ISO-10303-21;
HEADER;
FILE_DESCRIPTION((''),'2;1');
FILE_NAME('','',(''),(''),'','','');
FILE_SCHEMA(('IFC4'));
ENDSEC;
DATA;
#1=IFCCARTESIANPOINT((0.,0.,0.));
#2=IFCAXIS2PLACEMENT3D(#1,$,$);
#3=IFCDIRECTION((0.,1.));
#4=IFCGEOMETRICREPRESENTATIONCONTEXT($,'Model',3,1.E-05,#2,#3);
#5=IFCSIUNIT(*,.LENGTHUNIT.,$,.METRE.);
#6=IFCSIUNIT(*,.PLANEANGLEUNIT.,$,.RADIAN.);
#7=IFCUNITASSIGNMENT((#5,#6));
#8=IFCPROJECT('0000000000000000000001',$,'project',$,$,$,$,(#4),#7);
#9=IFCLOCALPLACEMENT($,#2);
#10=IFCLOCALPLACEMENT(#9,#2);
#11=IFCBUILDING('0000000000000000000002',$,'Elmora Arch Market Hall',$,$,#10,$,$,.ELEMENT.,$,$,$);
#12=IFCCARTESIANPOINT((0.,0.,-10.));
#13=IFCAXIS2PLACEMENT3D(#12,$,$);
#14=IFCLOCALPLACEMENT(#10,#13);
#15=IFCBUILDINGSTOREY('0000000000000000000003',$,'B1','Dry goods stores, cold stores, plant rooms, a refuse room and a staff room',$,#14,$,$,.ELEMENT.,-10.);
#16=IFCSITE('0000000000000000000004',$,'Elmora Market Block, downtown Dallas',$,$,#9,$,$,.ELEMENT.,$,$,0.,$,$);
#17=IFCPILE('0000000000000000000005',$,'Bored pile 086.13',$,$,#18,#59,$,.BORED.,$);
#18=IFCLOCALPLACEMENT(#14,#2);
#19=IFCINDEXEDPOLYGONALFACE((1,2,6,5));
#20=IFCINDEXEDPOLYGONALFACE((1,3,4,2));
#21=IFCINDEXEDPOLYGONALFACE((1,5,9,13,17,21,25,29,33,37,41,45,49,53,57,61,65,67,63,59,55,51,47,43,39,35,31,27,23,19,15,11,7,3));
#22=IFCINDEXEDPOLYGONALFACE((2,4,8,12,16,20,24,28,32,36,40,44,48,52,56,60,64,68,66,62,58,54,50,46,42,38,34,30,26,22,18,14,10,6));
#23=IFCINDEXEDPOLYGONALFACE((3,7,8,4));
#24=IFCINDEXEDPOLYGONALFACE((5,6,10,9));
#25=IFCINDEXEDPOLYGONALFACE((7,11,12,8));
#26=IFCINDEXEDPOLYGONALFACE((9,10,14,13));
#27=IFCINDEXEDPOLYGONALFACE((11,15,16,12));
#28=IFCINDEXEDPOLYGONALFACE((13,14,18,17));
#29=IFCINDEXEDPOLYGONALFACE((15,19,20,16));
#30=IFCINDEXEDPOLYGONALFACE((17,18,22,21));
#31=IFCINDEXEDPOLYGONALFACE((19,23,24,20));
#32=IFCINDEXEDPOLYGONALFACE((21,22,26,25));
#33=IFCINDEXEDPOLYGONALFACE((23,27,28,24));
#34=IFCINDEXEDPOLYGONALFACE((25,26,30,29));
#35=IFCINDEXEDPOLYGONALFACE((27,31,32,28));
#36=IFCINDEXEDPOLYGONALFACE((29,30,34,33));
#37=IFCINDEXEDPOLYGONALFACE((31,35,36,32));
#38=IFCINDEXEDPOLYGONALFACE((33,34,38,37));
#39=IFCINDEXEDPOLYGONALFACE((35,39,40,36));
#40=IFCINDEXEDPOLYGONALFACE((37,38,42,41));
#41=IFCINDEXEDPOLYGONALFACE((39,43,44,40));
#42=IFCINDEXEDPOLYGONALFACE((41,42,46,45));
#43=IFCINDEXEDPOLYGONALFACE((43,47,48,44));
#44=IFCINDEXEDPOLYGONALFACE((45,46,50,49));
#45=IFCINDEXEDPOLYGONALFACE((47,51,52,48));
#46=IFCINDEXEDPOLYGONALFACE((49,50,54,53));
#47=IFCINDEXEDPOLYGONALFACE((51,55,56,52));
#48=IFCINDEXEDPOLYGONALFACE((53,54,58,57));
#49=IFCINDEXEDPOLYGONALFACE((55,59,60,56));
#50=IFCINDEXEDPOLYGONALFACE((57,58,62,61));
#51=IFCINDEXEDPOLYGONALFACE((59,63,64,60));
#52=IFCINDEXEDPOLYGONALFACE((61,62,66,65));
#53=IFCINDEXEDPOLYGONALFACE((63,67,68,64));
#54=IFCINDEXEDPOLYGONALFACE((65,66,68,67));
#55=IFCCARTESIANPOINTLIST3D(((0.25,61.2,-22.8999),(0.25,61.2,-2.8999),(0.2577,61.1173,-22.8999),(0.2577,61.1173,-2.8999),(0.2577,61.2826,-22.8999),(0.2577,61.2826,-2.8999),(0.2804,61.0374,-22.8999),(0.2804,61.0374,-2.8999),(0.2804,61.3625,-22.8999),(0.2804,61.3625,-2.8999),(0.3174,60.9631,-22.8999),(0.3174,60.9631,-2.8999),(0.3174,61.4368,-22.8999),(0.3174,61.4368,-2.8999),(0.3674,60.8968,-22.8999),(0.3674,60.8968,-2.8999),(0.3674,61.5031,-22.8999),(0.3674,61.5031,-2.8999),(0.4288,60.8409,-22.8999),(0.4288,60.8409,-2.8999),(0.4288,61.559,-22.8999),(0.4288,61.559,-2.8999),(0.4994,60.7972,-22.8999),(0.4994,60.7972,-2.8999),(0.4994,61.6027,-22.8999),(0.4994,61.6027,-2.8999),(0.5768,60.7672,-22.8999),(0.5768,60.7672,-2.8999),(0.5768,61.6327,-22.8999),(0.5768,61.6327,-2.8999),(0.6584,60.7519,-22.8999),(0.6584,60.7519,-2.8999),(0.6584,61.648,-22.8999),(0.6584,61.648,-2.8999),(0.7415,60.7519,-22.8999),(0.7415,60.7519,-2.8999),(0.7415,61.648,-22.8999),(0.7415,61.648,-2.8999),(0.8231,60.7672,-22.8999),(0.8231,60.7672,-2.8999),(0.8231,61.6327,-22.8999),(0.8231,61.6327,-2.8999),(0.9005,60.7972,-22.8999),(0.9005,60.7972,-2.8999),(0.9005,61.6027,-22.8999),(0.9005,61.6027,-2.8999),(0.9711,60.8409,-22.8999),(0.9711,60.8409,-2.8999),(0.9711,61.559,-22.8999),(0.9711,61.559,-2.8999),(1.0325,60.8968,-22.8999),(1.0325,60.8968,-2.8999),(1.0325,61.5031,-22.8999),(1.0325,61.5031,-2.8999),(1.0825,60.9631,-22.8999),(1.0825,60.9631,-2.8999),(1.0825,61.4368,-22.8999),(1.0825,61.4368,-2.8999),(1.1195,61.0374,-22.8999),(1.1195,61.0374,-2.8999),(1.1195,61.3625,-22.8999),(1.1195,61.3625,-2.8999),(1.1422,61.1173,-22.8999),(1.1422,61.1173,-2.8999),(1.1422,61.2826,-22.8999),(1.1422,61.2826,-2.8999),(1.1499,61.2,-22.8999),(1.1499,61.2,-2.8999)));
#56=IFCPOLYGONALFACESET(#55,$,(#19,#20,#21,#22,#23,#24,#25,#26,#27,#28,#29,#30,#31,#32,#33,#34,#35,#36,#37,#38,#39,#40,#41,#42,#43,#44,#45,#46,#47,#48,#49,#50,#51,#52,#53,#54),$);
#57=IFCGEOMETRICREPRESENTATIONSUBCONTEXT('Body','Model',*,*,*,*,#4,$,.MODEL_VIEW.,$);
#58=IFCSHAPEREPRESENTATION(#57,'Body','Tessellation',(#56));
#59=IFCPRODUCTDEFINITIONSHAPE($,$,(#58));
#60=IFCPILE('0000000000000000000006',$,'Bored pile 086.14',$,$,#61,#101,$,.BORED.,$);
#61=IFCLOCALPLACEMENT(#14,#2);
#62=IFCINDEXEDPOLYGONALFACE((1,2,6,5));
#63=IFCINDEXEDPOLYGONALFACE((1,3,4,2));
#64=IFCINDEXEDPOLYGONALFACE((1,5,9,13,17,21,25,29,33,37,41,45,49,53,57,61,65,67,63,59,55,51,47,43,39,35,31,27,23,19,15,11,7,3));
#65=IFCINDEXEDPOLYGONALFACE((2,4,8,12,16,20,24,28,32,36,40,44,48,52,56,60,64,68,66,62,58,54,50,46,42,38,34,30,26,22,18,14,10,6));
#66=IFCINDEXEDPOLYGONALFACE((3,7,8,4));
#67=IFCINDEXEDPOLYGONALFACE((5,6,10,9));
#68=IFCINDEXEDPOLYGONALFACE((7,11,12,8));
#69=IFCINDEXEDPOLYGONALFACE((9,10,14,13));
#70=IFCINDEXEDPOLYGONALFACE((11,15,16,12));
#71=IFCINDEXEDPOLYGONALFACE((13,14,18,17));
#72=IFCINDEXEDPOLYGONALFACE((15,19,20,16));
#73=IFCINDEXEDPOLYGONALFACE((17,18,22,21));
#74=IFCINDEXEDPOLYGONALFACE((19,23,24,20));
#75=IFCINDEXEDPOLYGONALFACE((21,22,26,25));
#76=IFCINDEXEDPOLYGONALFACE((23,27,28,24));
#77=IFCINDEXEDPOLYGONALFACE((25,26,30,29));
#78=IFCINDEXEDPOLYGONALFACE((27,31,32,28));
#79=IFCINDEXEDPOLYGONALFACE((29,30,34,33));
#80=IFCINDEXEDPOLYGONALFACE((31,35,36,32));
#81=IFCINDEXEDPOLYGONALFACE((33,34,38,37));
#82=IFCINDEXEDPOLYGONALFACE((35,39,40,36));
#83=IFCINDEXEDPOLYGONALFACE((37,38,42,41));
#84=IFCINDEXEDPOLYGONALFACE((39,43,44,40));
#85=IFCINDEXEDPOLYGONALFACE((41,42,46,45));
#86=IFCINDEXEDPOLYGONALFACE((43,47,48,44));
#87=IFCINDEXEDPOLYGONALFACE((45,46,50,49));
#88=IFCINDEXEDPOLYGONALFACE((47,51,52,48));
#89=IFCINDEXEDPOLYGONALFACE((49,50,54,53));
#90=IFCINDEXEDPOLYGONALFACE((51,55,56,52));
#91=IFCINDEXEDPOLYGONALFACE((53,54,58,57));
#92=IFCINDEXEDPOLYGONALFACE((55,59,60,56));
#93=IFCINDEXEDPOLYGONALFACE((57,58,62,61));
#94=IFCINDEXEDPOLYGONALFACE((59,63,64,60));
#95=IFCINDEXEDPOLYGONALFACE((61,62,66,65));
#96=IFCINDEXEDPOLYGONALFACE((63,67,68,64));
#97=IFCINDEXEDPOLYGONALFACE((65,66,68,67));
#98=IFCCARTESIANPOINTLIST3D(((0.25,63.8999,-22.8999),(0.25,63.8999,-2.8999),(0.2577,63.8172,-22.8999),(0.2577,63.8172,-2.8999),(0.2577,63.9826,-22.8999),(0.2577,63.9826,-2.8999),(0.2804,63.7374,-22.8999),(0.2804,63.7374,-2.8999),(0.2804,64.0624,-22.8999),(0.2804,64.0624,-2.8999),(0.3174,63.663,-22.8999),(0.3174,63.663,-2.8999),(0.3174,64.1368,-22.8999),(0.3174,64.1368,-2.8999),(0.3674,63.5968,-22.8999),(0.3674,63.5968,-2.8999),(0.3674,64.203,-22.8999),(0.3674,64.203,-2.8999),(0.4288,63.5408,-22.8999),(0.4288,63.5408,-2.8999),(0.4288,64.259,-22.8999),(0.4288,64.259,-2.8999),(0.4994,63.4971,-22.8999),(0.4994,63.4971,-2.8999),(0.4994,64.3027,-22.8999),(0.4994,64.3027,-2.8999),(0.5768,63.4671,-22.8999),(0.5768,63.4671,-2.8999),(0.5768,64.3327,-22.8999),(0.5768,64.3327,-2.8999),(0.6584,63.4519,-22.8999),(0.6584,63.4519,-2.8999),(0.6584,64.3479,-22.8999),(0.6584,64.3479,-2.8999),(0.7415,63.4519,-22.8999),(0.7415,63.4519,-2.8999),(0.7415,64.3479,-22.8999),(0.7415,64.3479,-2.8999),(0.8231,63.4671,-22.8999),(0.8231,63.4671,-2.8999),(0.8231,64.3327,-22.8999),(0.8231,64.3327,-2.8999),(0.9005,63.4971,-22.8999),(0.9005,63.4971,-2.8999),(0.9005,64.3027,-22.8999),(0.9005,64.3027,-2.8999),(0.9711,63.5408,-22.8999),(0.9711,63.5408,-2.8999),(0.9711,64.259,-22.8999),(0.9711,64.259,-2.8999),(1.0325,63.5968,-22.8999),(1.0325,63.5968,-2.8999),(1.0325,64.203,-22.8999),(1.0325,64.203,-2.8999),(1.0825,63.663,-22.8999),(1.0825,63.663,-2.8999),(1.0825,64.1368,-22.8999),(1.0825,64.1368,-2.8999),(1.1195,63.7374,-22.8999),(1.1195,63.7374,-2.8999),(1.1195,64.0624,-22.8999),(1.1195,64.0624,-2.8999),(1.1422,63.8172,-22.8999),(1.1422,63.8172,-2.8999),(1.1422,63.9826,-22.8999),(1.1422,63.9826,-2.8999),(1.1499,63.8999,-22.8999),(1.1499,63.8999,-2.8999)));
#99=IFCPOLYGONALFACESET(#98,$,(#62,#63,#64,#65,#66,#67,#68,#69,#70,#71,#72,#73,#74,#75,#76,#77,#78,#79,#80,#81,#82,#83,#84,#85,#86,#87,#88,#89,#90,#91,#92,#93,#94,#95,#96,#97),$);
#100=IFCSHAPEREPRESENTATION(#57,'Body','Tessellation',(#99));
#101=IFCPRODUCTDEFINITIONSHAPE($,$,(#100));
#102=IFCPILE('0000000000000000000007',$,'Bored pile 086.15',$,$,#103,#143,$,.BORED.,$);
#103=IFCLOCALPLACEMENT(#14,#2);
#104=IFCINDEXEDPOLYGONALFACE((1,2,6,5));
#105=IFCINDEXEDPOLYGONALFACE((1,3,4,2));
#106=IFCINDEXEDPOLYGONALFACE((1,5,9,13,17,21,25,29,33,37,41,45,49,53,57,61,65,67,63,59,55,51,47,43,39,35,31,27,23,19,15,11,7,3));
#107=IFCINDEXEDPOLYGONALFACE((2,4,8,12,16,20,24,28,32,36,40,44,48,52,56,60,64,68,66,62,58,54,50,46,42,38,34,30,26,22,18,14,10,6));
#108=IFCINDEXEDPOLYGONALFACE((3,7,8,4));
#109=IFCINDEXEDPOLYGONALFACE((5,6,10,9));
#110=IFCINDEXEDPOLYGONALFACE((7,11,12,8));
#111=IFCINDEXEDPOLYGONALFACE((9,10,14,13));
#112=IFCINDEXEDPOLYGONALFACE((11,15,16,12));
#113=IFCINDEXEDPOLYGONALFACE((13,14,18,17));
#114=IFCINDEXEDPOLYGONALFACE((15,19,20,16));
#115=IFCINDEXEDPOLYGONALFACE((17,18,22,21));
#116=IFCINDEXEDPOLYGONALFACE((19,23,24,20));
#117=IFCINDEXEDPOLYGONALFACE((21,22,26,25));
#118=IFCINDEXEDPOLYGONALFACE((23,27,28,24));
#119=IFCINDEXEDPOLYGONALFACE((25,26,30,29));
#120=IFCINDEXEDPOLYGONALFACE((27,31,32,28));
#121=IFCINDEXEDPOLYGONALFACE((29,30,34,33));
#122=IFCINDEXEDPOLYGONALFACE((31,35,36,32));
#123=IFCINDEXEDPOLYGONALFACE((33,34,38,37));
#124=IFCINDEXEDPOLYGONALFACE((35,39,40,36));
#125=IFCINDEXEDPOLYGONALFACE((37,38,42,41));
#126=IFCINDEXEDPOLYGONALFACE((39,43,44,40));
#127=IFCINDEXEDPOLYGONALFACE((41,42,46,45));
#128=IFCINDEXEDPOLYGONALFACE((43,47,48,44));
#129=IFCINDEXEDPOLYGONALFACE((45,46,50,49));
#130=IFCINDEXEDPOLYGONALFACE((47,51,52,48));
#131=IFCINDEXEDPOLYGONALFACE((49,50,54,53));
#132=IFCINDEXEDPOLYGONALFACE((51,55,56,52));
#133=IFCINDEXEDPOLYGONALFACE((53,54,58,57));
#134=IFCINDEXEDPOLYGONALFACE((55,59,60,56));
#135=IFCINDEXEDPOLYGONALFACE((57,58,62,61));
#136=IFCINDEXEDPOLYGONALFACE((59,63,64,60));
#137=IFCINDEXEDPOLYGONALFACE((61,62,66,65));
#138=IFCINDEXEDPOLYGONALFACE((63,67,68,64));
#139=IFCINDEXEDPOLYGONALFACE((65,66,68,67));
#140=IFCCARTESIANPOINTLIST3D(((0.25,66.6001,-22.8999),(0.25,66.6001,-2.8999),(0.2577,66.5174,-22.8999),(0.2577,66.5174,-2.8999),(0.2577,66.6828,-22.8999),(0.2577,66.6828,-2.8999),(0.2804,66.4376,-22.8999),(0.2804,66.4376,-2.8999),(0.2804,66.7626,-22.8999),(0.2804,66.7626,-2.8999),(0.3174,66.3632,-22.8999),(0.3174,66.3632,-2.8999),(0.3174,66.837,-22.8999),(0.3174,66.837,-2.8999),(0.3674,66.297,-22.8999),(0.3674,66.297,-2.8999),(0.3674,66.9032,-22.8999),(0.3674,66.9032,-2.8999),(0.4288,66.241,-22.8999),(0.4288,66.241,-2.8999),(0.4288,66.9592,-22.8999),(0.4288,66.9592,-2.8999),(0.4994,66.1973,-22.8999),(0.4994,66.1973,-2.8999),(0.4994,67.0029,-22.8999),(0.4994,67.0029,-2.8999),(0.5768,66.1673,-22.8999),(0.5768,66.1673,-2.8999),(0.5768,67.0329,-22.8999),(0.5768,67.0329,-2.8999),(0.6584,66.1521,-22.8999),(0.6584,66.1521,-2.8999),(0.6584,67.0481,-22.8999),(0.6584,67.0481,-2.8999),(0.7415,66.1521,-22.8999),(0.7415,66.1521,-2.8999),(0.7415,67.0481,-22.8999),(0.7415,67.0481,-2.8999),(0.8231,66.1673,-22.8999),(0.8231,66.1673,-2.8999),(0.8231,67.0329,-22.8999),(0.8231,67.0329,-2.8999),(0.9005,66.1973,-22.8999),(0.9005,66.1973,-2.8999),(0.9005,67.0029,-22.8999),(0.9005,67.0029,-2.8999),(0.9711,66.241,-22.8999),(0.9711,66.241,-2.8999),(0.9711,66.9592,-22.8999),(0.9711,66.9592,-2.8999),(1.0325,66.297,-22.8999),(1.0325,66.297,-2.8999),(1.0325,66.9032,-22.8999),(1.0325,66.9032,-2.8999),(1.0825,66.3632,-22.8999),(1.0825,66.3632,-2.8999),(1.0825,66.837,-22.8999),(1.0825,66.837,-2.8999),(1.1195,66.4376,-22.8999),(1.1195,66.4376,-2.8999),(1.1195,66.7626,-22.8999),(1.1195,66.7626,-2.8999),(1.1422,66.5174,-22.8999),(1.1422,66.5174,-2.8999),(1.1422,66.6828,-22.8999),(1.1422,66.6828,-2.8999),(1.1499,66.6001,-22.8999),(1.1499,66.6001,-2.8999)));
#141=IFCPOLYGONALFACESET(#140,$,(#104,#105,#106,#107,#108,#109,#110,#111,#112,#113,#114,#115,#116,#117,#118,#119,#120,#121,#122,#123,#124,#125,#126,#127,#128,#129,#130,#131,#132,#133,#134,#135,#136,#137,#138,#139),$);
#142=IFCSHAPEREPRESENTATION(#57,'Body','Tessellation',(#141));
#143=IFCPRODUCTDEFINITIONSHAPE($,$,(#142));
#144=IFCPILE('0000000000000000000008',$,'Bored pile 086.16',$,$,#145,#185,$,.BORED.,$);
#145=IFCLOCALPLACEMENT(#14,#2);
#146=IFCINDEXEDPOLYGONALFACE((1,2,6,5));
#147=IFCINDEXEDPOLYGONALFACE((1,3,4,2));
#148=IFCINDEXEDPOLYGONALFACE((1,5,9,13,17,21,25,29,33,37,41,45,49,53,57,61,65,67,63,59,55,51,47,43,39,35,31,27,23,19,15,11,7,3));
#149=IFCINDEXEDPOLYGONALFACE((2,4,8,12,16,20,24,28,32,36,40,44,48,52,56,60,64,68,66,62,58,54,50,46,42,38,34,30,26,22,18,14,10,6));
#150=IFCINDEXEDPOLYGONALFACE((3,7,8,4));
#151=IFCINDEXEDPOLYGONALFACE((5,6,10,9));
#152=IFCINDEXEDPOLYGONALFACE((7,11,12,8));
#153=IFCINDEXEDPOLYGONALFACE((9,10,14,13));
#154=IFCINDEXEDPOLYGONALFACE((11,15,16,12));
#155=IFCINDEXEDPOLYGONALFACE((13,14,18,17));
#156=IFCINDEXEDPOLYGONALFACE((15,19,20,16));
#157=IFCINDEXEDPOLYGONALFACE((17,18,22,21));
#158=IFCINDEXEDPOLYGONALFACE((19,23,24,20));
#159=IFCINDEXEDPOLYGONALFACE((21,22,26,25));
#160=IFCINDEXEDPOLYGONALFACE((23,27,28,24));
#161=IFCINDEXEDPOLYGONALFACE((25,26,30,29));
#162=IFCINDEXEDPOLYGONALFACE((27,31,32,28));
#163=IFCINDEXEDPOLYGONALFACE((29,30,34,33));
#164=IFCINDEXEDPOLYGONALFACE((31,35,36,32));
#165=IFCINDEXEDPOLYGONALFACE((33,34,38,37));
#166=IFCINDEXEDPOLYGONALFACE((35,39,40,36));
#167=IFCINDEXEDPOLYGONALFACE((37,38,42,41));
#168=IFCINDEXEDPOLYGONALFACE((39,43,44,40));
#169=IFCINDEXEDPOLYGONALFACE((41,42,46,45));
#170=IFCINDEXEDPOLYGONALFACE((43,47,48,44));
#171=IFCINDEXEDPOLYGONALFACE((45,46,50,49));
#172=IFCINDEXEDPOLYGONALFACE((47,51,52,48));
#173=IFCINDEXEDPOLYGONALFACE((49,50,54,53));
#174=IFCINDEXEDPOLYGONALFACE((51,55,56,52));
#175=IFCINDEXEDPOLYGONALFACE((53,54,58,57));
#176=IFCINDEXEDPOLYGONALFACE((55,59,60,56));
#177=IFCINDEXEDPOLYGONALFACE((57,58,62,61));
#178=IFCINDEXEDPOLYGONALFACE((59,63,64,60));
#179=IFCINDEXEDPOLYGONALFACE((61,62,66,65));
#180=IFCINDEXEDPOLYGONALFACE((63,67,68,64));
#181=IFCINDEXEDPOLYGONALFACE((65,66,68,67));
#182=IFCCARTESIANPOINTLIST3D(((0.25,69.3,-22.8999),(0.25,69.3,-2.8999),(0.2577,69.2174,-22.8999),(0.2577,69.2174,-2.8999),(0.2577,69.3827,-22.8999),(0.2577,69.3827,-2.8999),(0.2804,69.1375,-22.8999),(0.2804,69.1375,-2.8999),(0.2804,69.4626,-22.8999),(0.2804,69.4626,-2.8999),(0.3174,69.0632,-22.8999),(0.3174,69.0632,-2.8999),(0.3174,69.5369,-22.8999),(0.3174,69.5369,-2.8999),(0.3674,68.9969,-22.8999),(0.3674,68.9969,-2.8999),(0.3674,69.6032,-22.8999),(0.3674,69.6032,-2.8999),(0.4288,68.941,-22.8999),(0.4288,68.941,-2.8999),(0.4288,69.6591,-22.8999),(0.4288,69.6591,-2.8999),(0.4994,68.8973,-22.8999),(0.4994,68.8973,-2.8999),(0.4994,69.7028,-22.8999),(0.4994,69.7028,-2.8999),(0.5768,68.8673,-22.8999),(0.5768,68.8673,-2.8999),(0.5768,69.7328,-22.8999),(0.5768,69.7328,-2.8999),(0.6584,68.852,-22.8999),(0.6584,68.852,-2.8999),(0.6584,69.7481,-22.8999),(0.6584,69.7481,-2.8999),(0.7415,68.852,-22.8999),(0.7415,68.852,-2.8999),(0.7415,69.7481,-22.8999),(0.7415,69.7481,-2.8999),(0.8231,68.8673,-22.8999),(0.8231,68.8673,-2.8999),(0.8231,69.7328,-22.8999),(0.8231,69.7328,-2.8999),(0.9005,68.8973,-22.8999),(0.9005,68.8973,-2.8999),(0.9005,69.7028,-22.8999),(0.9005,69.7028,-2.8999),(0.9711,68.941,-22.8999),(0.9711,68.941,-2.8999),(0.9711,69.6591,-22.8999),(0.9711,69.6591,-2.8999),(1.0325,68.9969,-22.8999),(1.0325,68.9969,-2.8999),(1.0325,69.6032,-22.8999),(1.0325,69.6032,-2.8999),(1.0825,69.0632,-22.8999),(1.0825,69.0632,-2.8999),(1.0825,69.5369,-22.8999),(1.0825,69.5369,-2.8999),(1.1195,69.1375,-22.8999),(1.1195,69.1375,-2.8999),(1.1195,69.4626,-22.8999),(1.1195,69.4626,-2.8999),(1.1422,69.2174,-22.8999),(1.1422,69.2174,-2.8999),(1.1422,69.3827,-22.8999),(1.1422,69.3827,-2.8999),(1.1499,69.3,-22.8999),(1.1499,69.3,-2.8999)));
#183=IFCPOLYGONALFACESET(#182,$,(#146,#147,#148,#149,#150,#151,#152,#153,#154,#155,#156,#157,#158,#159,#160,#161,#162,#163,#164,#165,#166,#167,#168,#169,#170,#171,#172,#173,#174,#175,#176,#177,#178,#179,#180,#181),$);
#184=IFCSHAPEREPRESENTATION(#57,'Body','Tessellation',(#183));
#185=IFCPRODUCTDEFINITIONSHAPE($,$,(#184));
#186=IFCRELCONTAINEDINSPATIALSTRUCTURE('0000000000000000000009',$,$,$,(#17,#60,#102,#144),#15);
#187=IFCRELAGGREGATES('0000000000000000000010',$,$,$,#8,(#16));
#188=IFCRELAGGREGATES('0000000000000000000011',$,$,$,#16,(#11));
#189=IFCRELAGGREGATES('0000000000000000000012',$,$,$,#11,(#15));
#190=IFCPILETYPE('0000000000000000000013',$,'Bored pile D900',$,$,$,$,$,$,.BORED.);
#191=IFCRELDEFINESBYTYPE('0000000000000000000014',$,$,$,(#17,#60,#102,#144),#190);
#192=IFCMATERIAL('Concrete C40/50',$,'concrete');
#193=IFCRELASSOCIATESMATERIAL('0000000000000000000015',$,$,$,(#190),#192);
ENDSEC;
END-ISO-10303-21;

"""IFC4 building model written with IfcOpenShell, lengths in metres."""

from ifc_helpers import new_model, si_unit, direction, frame, origin, origin_2d, place, context, subcontext, project, spatial, circle, extrude, material, material_profile, profile_set, type_object, element, save


model = new_model("IFC4")

# Units and contexts
model_context = context("Model", 3, precision=1e-05, world=origin(), true_north=direction((0.0, 1.0)))
body_context = subcontext(model_context, "Body", "Model", "MODEL_VIEW")
ifc_project = project(units=[si_unit("LENGTHUNIT", "METRE"), si_unit("PLANEANGLEUNIT", "RADIAN")], contexts=[model_context])

# Site, building, storey
site_placement = place(None, origin())
site = spatial("IfcSite", under=ifc_project, at=site_placement, Name="Elmora Market Block, downtown Dallas", CompositionType="ELEMENT", RefElevation=0.0)
building_placement = place(site_placement, origin())
building = spatial("IfcBuilding", under=site, at=building_placement, Name="Elmora Arch Market Hall", CompositionType="ELEMENT")
storey_placement = place(building_placement, frame((0.0, 0.0, -10.0)))
storey = spatial("IfcBuildingStorey", under=building, at=storey_placement, Name="B1", Description="Dry goods stores, cold stores, plant rooms, a refuse room and a staff room", CompositionType="ELEMENT", Elevation=-10.0)

# Piles
ifc_material_1 = material(Name="Concrete C40/50", Category="concrete")
ifc_material_profile_1 = material_profile(ifc_material_1, circle(Radius=0.45, at=origin_2d()), Name="Bored pile D900")
ifc_profile_set_1 = profile_set([ifc_material_profile_1], Name="Concrete C40/50")
pile_type = type_object("IfcPileType", Name="Bored pile D900", PredefinedType="BORED", material=ifc_profile_set_1)
for number, where, z_axis, x_axis, name in (
    (1, (0.7, 61.2, -2.8999), (0.0, 0.0, -1.0), (1.0, 0.0, 0.0), "Bored pile 086.13"),
    (2, (0.7, 63.8999, -2.8999), (0.0, 0.0, -1.0), (1.0, 0.0, 0.0), "Bored pile 086.14"),
    (3, (0.7, 66.6001, -2.8999), (0.0, 0.0, -1.0), (1.0, 0.0, 0.0), "Bored pile 086.15"),
    (4, (0.7, 69.3, -2.8999), (0.0, 0.0, -1.0), (1.0, 0.0, 0.0), "Bored pile 086.16"),
):
    element("IfcPile", number, at=place(storey_placement, frame(where, z_axis=z_axis, x_axis=x_axis)), inside=storey, type_object=pile_type, Name=name, PredefinedType="BORED", context=body_context, shape_type="SweptSolid", body=[
        extrude(circle(Radius=0.45, at=origin_2d()), origin(), (0.0, 0.0, 1.0), 20.0),
    ])

save(model, "model.ifc")
